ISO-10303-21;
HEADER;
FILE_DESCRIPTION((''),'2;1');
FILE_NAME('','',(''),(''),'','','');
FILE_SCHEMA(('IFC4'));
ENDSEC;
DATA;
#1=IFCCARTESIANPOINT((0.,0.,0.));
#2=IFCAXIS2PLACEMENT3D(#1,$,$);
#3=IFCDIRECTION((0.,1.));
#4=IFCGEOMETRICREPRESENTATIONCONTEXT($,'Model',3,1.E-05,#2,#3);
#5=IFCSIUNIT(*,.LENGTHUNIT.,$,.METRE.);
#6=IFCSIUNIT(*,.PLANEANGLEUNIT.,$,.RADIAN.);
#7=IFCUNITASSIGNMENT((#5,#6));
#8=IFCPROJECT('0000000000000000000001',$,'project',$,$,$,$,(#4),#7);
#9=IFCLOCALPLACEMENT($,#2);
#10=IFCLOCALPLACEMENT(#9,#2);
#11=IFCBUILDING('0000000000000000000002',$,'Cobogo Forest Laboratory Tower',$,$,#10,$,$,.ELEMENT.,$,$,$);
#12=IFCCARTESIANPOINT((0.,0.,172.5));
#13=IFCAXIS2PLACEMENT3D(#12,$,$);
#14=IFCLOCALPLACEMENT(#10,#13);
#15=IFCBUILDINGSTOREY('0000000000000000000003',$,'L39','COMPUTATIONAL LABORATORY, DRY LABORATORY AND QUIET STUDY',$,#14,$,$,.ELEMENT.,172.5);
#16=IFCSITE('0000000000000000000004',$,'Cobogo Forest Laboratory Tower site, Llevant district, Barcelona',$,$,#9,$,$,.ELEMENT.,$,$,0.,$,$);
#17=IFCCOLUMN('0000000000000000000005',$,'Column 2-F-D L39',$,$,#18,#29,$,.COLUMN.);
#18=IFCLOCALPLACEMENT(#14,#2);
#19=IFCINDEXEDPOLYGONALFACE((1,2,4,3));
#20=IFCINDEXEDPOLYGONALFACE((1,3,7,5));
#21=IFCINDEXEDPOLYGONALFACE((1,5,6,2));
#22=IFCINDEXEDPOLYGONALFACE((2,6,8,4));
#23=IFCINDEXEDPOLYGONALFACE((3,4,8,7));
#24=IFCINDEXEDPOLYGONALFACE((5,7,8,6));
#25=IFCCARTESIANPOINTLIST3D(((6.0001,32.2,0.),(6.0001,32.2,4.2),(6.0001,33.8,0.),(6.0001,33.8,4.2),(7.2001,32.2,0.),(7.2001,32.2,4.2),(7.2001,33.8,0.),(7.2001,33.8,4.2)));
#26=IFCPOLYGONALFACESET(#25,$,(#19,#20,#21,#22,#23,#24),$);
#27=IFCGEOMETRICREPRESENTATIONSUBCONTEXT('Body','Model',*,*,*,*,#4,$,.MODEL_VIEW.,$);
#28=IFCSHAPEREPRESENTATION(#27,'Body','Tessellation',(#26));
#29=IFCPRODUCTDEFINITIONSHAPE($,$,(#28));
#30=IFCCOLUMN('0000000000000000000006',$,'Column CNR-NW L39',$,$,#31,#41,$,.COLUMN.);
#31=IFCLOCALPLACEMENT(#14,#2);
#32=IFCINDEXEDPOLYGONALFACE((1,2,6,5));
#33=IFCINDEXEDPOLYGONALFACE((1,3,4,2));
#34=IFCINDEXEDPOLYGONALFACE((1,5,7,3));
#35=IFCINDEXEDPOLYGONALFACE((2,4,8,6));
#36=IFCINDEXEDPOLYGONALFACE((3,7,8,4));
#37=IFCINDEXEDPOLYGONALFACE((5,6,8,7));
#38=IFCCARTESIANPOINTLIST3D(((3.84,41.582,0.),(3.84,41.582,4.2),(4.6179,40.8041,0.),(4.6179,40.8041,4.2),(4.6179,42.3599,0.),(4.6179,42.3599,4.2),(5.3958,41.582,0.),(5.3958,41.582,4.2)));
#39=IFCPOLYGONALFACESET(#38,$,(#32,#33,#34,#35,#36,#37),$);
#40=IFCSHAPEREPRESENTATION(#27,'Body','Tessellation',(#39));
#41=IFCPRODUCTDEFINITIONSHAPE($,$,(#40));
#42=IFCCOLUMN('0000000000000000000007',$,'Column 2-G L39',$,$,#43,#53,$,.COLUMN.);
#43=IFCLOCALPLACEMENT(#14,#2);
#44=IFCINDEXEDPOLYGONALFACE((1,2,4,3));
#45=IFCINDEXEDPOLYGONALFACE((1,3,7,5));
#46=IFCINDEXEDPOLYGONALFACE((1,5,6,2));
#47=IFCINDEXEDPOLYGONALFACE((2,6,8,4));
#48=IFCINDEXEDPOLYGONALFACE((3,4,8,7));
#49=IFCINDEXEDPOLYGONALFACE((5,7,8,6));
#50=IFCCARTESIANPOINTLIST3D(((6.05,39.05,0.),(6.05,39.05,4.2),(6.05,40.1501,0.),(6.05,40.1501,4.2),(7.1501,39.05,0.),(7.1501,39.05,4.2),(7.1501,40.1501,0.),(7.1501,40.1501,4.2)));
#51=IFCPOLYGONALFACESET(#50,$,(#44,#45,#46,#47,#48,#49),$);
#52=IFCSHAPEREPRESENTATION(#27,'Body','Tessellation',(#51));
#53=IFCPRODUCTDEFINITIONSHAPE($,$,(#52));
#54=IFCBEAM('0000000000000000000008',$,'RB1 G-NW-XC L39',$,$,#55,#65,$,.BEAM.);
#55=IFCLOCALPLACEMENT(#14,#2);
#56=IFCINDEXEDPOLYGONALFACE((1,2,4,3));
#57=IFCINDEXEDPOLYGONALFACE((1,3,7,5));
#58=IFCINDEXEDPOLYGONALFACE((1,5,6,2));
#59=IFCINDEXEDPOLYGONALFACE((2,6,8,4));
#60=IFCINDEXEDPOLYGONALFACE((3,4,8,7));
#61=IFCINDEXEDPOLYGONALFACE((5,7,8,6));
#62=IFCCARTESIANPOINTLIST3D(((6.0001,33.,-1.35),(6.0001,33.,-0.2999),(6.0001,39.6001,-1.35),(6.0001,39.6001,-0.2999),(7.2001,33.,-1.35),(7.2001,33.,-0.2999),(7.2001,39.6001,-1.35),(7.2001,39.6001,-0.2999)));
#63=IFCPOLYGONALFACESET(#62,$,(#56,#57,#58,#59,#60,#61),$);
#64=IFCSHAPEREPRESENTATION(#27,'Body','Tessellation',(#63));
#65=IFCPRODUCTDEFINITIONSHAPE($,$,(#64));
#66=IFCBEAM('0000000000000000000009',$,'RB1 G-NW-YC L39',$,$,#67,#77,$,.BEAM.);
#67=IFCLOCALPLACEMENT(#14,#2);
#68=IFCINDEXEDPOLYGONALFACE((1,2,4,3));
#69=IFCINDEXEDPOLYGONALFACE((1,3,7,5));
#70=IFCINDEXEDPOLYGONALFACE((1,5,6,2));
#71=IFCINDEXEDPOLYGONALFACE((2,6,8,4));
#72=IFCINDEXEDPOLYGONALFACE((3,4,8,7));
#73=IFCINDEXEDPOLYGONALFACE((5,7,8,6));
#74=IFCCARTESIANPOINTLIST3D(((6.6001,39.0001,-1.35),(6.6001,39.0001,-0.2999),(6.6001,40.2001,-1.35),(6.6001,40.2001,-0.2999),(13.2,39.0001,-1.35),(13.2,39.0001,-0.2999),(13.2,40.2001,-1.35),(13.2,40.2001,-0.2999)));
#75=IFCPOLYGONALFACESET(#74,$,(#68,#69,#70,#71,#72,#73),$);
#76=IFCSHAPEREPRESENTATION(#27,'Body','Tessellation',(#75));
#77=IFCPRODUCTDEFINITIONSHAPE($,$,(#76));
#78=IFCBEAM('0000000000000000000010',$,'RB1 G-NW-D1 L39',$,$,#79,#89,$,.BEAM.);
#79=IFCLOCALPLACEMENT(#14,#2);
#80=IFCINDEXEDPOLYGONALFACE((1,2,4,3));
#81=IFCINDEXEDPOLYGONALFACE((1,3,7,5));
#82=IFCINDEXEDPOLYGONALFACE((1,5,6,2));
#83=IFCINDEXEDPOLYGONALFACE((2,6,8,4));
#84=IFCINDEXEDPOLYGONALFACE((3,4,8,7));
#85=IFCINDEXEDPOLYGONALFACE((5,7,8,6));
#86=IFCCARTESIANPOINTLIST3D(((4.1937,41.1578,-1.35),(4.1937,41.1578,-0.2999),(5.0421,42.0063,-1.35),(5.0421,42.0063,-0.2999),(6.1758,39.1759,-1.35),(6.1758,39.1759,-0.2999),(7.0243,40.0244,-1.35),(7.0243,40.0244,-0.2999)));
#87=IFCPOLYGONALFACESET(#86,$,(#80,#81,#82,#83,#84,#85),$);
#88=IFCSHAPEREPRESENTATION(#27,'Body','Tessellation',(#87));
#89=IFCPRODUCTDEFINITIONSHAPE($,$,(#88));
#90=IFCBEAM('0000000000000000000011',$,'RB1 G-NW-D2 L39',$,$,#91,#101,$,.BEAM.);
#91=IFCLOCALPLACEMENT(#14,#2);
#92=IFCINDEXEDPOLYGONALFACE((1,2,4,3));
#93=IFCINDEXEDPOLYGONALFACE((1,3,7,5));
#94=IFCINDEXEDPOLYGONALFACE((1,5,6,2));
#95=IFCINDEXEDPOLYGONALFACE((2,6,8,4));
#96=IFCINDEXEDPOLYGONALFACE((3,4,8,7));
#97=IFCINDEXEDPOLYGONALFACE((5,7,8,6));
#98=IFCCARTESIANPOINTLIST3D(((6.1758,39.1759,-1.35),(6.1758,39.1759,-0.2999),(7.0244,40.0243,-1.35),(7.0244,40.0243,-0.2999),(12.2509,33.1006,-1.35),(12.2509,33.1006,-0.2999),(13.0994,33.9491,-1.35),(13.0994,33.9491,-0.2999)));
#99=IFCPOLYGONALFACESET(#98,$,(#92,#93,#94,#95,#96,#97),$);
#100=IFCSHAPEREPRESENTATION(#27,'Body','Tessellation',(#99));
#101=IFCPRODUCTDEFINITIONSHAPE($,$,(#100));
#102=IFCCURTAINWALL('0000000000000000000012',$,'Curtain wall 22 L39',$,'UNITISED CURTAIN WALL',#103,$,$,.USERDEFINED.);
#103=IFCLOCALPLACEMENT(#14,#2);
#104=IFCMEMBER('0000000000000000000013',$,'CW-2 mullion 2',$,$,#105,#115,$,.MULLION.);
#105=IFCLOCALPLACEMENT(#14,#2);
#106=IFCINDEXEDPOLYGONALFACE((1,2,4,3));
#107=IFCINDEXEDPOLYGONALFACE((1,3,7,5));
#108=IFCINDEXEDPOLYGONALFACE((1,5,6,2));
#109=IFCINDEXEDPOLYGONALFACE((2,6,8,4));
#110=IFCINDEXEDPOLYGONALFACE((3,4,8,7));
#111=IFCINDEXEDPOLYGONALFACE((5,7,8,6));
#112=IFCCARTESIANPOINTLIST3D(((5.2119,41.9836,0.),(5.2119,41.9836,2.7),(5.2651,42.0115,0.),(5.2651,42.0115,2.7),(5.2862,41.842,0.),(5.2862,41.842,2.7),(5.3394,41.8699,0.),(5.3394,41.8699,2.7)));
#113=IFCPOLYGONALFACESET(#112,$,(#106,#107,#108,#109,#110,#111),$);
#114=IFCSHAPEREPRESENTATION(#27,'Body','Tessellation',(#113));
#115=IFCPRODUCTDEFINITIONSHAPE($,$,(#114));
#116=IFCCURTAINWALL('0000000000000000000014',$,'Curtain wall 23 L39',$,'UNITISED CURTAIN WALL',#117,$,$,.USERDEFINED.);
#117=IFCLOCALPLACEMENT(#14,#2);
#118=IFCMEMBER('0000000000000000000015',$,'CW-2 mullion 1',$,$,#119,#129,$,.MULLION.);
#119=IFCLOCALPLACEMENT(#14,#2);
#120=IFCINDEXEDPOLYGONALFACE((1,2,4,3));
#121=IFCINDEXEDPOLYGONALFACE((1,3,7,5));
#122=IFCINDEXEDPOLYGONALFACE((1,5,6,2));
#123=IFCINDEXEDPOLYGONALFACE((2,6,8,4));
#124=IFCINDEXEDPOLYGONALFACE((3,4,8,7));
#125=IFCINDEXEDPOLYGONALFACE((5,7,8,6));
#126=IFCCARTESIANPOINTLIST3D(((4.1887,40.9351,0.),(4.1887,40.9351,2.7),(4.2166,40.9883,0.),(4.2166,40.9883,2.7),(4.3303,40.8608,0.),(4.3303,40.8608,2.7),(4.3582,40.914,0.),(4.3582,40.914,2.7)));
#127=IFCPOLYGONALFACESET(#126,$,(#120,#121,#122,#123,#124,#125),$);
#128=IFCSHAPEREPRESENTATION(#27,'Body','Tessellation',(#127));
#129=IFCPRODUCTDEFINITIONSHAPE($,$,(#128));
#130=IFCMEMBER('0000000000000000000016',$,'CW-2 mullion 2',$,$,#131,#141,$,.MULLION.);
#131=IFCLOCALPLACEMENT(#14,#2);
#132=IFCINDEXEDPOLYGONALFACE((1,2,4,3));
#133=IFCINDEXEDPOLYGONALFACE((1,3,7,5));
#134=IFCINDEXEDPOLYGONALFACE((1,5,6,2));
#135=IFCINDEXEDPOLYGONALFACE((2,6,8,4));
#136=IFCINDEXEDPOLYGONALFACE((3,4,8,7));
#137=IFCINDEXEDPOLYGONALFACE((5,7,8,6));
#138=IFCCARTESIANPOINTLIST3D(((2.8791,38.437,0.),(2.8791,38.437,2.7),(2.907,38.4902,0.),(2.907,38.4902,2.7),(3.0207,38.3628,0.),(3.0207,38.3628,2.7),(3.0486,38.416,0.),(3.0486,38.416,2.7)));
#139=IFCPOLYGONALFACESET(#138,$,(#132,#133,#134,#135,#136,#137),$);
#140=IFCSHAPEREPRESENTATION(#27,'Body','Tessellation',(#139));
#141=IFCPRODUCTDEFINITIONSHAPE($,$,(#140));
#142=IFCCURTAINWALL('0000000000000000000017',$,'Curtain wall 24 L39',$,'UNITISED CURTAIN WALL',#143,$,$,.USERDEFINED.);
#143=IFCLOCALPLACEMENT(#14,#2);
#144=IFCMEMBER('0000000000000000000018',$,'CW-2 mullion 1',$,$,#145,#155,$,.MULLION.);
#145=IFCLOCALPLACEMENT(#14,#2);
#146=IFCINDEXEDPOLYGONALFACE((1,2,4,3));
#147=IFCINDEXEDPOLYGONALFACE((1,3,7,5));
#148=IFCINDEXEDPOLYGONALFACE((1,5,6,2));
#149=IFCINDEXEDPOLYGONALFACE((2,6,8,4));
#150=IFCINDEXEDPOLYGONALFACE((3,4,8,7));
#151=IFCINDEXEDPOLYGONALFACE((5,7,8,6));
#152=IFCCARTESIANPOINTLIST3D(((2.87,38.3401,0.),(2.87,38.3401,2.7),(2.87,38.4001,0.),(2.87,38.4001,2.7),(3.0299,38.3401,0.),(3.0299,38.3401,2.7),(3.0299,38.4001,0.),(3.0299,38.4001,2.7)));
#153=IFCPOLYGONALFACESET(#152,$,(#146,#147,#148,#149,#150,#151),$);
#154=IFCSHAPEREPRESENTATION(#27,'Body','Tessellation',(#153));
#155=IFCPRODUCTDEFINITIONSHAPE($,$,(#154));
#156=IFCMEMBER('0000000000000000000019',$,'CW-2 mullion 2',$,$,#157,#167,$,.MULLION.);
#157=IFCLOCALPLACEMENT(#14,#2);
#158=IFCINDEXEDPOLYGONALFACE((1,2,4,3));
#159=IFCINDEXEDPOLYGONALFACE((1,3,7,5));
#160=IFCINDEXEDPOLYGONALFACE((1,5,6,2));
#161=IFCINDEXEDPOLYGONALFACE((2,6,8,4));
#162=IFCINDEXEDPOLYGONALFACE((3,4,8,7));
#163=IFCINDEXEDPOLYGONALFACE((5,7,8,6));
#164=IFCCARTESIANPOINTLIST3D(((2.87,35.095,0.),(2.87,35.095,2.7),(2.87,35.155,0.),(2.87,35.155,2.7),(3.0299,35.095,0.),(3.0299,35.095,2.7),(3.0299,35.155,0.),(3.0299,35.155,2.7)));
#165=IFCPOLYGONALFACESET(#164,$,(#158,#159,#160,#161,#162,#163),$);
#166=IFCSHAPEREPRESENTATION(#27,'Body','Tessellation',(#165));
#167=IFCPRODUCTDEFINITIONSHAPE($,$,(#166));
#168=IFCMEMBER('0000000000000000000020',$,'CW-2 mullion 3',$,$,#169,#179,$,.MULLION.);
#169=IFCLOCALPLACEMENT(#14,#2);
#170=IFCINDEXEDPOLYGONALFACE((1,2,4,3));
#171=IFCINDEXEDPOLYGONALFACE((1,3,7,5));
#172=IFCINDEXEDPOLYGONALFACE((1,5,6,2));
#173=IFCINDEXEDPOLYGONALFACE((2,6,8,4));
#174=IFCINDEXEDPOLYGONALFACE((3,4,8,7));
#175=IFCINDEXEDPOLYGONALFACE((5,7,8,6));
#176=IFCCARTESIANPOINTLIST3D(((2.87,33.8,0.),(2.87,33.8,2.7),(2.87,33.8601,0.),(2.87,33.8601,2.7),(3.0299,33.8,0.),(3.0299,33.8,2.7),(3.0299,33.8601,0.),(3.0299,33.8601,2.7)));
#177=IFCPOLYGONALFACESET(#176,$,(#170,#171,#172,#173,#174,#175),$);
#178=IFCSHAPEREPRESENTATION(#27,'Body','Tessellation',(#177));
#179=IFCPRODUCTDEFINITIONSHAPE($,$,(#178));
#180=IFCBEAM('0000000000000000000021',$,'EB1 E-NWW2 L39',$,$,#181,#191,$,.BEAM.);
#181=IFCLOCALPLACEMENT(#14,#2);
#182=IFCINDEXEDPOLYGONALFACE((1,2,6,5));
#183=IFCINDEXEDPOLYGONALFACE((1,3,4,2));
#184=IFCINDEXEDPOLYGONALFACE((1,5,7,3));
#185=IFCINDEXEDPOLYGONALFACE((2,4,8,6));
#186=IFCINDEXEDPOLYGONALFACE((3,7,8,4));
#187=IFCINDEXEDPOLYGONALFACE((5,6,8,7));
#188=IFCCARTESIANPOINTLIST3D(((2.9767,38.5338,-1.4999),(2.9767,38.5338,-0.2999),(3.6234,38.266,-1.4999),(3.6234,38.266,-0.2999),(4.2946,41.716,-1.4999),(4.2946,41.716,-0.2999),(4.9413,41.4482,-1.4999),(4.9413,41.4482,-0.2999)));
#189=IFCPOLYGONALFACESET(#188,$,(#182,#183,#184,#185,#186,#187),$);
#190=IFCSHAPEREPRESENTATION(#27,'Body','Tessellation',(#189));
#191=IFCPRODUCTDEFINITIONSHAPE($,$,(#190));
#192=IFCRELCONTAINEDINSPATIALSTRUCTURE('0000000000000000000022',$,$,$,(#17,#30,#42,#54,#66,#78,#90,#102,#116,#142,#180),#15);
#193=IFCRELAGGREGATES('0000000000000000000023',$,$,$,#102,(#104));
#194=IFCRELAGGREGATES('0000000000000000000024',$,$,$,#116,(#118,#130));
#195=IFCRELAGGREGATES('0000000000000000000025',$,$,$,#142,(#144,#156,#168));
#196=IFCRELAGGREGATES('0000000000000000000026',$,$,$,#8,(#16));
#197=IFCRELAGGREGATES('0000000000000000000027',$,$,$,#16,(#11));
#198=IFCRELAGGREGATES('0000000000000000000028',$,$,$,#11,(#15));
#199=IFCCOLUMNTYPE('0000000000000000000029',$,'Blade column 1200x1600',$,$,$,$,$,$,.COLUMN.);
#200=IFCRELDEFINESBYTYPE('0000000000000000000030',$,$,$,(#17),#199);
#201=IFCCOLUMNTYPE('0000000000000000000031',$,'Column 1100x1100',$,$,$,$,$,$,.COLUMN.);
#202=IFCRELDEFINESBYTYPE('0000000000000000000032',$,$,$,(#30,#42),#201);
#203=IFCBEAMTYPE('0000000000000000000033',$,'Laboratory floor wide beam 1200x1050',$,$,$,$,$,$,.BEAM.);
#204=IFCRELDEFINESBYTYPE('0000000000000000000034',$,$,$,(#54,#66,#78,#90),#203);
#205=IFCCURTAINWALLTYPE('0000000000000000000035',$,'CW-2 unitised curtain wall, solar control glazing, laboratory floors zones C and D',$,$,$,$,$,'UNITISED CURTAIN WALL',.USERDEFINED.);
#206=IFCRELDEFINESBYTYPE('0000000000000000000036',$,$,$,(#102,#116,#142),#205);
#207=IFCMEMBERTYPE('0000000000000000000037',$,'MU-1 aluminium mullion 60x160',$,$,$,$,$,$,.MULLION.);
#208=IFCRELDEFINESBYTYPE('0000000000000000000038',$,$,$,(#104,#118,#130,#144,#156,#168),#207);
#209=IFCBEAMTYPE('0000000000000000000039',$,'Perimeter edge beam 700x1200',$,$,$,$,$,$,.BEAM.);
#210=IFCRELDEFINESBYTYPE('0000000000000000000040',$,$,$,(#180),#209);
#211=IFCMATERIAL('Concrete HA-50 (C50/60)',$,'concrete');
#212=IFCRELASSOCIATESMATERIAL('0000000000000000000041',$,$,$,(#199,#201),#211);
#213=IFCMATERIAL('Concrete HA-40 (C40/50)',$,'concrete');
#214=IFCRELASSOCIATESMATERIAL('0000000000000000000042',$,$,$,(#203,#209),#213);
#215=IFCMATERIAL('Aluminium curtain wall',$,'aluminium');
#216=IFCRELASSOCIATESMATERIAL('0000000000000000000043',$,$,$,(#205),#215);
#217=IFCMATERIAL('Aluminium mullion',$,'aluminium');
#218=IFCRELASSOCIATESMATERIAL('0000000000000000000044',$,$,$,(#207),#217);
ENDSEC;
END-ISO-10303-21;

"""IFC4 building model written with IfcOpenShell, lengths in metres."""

from ifc_helpers import new_model, si_unit, direction, frame, origin, origin_2d, place, context, subcontext, project, spatial, rectangle, extrude, material, material_profile, profile_set, type_object, element, aggregate, save


model = new_model("IFC4")

# Units and contexts
model_context = context("Model", 3, precision=1e-05, world=origin(), true_north=direction((0.0, 1.0)))
body_context = subcontext(model_context, "Body", "Model", "MODEL_VIEW")
ifc_project = project(units=[si_unit("LENGTHUNIT", "METRE"), si_unit("PLANEANGLEUNIT", "RADIAN")], contexts=[model_context])

# Site, building, storey
site_placement = place(None, origin())
site = spatial("IfcSite", under=ifc_project, at=site_placement, Name="Cobogo Forest Laboratory Tower site, Llevant district, Barcelona", CompositionType="ELEMENT", RefElevation=0.0)
building_placement = place(site_placement, origin())
building = spatial("IfcBuilding", under=site, at=building_placement, Name="Cobogo Forest Laboratory Tower", CompositionType="ELEMENT")
storey_placement = place(building_placement, frame((0.0, 0.0, 172.5)))
storey = spatial("IfcBuildingStorey", under=building, at=storey_placement, Name="L39", Description="COMPUTATIONAL LABORATORY, DRY LABORATORY AND QUIET STUDY", CompositionType="ELEMENT", Elevation=172.5)

# Columns
ifc_material_1 = material(Name="Concrete HA-50 (C50/60)", Category="concrete")
ifc_material_profile_1 = material_profile(ifc_material_1, rectangle(XDim=1.6001, YDim=1.2, at=origin_2d()), Name="RC 1200x1600")
ifc_profile_set_1 = profile_set([ifc_material_profile_1], Name="Concrete HA-50 (C50/60)")
column_type_1 = type_object("IfcColumnType", Name="Blade column 1200x1600", PredefinedType="COLUMN", material=ifc_profile_set_1)
column_placement = place(storey_placement, frame((6.6001, 33.0, 0.0), z_axis=(0.0, 0.0, 1.0), x_axis=(0.0, 1.0, 0.0)))
element("IfcColumn", 1, at=column_placement, inside=storey, type_object=column_type_1, Name="Column 2-F-D L39", PredefinedType="COLUMN", context=body_context, shape_type="SweptSolid", body=[
    extrude(rectangle(XDim=1.6001, YDim=1.2, at=origin_2d()), origin(), (0.0, 0.0, 1.0), 4.2),
])
ifc_material_profile_2 = material_profile(ifc_material_1, rectangle(XDim=1.1001, YDim=1.1001, at=origin_2d()), Name="RC 1100x1100")
ifc_profile_set_2 = profile_set([ifc_material_profile_2], Name="Concrete HA-50 (C50/60)")
column_type_2 = type_object("IfcColumnType", Name="Column 1100x1100", PredefinedType="COLUMN", material=ifc_profile_set_2)
for number, where, z_axis, x_axis, name in (
    (2, (4.6179, 41.582, 0.0), (0.0, 0.0, 1.0), (0.707107, 0.707107, 0.0), "Column CNR-NW L39"),
    (3, (6.6001, 39.6001, 0.0), (0.0, 0.0, 1.0), (1.0, 0.0, 0.0), "Column 2-G L39"),
):
    element("IfcColumn", number, at=place(storey_placement, frame(where, z_axis=z_axis, x_axis=x_axis)), inside=storey, type_object=column_type_2, Name=name, PredefinedType="COLUMN", context=body_context, shape_type="SweptSolid", body=[
        extrude(rectangle(XDim=1.1001, YDim=1.1001, at=origin_2d()), origin(), (0.0, 0.0, 1.0), 4.2),
    ])

# Beams
ifc_material_2 = material(Name="Concrete HA-40 (C40/50)", Category="concrete")
ifc_material_profile_3 = material_profile(ifc_material_2, rectangle(XDim=1.2, YDim=1.05, at=origin_2d()), Name="RC 1200x1050")
ifc_profile_set_3 = profile_set([ifc_material_profile_3], Name="Concrete HA-40 (C40/50)")
beam_type_1 = type_object("IfcBeamType", Name="Laboratory floor wide beam 1200x1050", PredefinedType="BEAM", material=ifc_profile_set_3)
beam_1_placement = place(storey_placement, frame((6.6001, 39.6001, -0.825), z_axis=(0.0, -1.0, 0.0), x_axis=(1.0, 0.0, 0.0)))
element("IfcBeam", 4, at=beam_1_placement, inside=storey, type_object=beam_type_1, Name="RB1 G-NW-XC L39", PredefinedType="BEAM", context=body_context, shape_type="SweptSolid", body=[
    extrude(rectangle(XDim=1.2, YDim=1.05, at=origin_2d()), origin(), (0.0, 0.0, 1.0), 6.6001),
])
beam_2_placement = place(storey_placement, frame((6.6001, 39.6001, -0.825), z_axis=(1.0, 0.0, 0.0), x_axis=(0.0, 1.0, 0.0)))
element("IfcBeam", 5, at=beam_2_placement, inside=storey, type_object=beam_type_1, Name="RB1 G-NW-YC L39", PredefinedType="BEAM", context=body_context, shape_type="SweptSolid", body=[
    extrude(rectangle(XDim=1.2, YDim=1.05, at=origin_2d()), origin(), (0.0, 0.0, 1.0), 6.5999),
])
beam_3_placement = place(storey_placement, frame((4.6179, 41.582, -0.825), z_axis=(0.70715, -0.707063, 0.0), x_axis=(0.707063, 0.70715, 0.0)))
element("IfcBeam", 6, at=beam_3_placement, inside=storey, type_object=beam_type_1, Name="RB1 G-NW-D1 L39", PredefinedType="BEAM", context=body_context, shape_type="SweptSolid", body=[
    extrude(rectangle(XDim=1.2, YDim=1.05, at=origin_2d()), origin(), (0.0, 0.0, 1.0), 2.803),
])
beam_4_placement = place(storey_placement, frame((6.6001, 39.6001, -0.825), z_axis=(0.707093, -0.707121, 0.0), x_axis=(0.707121, 0.707093, 0.0)))
element("IfcBeam", 7, at=beam_4_placement, inside=storey, type_object=beam_type_1, Name="RB1 G-NW-D2 L39", PredefinedType="BEAM", context=body_context, shape_type="SweptSolid", body=[
    extrude(rectangle(XDim=1.2, YDim=1.05, at=origin_2d()), origin(), (0.0, 0.0, 1.0), 8.5916),
])

# Curtain wall, member
ifc_material_3 = material(Name="Aluminium curtain wall", Category="aluminium")
curtain_wall_type = type_object("IfcCurtainWallType", Name="CW-2 unitised curtain wall, solar control glazing, laboratory floors zones C and D", ElementType="UNITISED CURTAIN WALL", PredefinedType="USERDEFINED", material=ifc_material_3)
curtain_wall_1_placement = place(storey_placement, origin())
curtain_wall_1 = element("IfcCurtainWall", 8, at=curtain_wall_1_placement, inside=storey, type_object=curtain_wall_type, Name="Curtain wall 22 L39", ObjectType="UNITISED CURTAIN WALL", PredefinedType="USERDEFINED")
ifc_material_4 = material(Name="Aluminium mullion", Category="aluminium")
ifc_material_profile_4 = material_profile(ifc_material_4, rectangle(XDim=0.0601, YDim=0.1599, at=origin_2d()), Name="AL 60x160")
ifc_profile_set_4 = profile_set([ifc_material_profile_4], Name="Aluminium mullion")
member_type_1 = type_object("IfcMemberType", Name="MU-1 aluminium mullion 60x160", PredefinedType="MULLION", material=ifc_profile_set_4)
member_1_placement = place(storey_placement, frame((5.2756, 41.9268, 0.0), z_axis=(0.0, 0.0, 1.0), x_axis=(-0.885686, -0.464284, 0.0)))
member_1 = element("IfcMember", 9, at=member_1_placement, type_object=member_type_1, Name="CW-2 mullion 2", PredefinedType="MULLION", context=body_context, shape_type="SweptSolid", body=[
    extrude(rectangle(XDim=0.0601, YDim=0.1599, at=origin_2d()), origin(), (0.0, 0.0, 1.0), 2.7),
])

# Curtain walls, members
curtain_wall_2_placement = place(storey_placement, origin())
curtain_wall_2 = element("IfcCurtainWall", 10, at=curtain_wall_2_placement, inside=storey, type_object=curtain_wall_type, Name="Curtain wall 23 L39", ObjectType="UNITISED CURTAIN WALL", PredefinedType="USERDEFINED")
member_2_placement = place(storey_placement, frame((4.2734, 40.9246, 0.0), z_axis=(0.0, 0.0, 1.0), x_axis=(-0.464284, -0.885686, 0.0)))
member_2 = element("IfcMember", 11, at=member_2_placement, type_object=member_type_1, Name="CW-2 mullion 1", PredefinedType="MULLION", context=body_context, shape_type="SweptSolid", body=[
    extrude(rectangle(XDim=0.0601, YDim=0.1599, at=origin_2d()), origin(), (0.0, 0.0, 1.0), 2.7),
])
member_3_placement = place(storey_placement, frame((2.9639, 38.4265, 0.0), z_axis=(0.0, 0.0, 1.0), x_axis=(-0.464284, -0.885686, 0.0)))
member_3 = element("IfcMember", 12, at=member_3_placement, type_object=member_type_1, Name="CW-2 mullion 2", PredefinedType="MULLION", context=body_context, shape_type="SweptSolid", body=[
    extrude(rectangle(XDim=0.0601, YDim=0.1599, at=origin_2d()), origin(), (0.0, 0.0, 1.0), 2.7),
])
curtain_wall_3_placement = place(storey_placement, origin())
curtain_wall_3 = element("IfcCurtainWall", 13, at=curtain_wall_3_placement, inside=storey, type_object=curtain_wall_type, Name="Curtain wall 24 L39", ObjectType="UNITISED CURTAIN WALL", PredefinedType="USERDEFINED")
member_4_placement = place(storey_placement, frame((2.95, 38.3701, 0.0), z_axis=(0.0, 0.0, 1.0), x_axis=(0.0, -1.0, 0.0)))
member_4 = element("IfcMember", 14, at=member_4_placement, type_object=member_type_1, Name="CW-2 mullion 1", PredefinedType="MULLION", context=body_context, shape_type="SweptSolid", body=[
    extrude(rectangle(XDim=0.0601, YDim=0.1599, at=origin_2d()), origin(), (0.0, 0.0, 1.0), 2.7),
])
member_5_placement = place(storey_placement, frame((2.95, 35.125, 0.0), z_axis=(0.0, 0.0, 1.0), x_axis=(0.0, -1.0, 0.0)))
member_5 = element("IfcMember", 15, at=member_5_placement, type_object=member_type_1, Name="CW-2 mullion 2", PredefinedType="MULLION", context=body_context, shape_type="SweptSolid", body=[
    extrude(rectangle(XDim=0.0601, YDim=0.1599, at=origin_2d()), origin(), (0.0, 0.0, 1.0), 2.7),
])
member_6_placement = place(storey_placement, frame((2.95, 33.8301, 0.0), z_axis=(0.0, 0.0, 1.0), x_axis=(0.0, -1.0, 0.0)))
member_6 = element("IfcMember", 16, at=member_6_placement, type_object=member_type_1, Name="CW-2 mullion 3", PredefinedType="MULLION", context=body_context, shape_type="SweptSolid", body=[
    extrude(rectangle(XDim=0.0601, YDim=0.1599, at=origin_2d()), origin(), (0.0, 0.0, 1.0), 2.7),
])

# Beam
ifc_material_profile_5 = material_profile(ifc_material_2, rectangle(XDim=0.7, YDim=1.2, at=origin_2d()), Name="RC 700x1200")
ifc_profile_set_5 = profile_set([ifc_material_profile_5], Name="Concrete HA-40 (C40/50)")
beam_type_2 = type_object("IfcBeamType", Name="Perimeter edge beam 700x1200", PredefinedType="BEAM", material=ifc_profile_set_5)
beam_5_placement = place(storey_placement, frame((3.3, 38.3999, -0.8999), z_axis=(0.382631, 0.923901, 0.0), x_axis=(-0.923901, 0.382631, 0.0)))
element("IfcBeam", 17, at=beam_5_placement, inside=storey, type_object=beam_type_2, Name="EB1 E-NWW2 L39", PredefinedType="BEAM", context=body_context, shape_type="SweptSolid", body=[
    extrude(rectangle(XDim=0.7, YDim=1.2, at=origin_2d()), origin(), (0.0, 0.0, 1.0), 3.4443),
])

aggregate(curtain_wall_1, [member_1])
aggregate(curtain_wall_2, [member_2, member_3])
aggregate(curtain_wall_3, [member_4, member_5, member_6])

save(model, "model.ifc")
